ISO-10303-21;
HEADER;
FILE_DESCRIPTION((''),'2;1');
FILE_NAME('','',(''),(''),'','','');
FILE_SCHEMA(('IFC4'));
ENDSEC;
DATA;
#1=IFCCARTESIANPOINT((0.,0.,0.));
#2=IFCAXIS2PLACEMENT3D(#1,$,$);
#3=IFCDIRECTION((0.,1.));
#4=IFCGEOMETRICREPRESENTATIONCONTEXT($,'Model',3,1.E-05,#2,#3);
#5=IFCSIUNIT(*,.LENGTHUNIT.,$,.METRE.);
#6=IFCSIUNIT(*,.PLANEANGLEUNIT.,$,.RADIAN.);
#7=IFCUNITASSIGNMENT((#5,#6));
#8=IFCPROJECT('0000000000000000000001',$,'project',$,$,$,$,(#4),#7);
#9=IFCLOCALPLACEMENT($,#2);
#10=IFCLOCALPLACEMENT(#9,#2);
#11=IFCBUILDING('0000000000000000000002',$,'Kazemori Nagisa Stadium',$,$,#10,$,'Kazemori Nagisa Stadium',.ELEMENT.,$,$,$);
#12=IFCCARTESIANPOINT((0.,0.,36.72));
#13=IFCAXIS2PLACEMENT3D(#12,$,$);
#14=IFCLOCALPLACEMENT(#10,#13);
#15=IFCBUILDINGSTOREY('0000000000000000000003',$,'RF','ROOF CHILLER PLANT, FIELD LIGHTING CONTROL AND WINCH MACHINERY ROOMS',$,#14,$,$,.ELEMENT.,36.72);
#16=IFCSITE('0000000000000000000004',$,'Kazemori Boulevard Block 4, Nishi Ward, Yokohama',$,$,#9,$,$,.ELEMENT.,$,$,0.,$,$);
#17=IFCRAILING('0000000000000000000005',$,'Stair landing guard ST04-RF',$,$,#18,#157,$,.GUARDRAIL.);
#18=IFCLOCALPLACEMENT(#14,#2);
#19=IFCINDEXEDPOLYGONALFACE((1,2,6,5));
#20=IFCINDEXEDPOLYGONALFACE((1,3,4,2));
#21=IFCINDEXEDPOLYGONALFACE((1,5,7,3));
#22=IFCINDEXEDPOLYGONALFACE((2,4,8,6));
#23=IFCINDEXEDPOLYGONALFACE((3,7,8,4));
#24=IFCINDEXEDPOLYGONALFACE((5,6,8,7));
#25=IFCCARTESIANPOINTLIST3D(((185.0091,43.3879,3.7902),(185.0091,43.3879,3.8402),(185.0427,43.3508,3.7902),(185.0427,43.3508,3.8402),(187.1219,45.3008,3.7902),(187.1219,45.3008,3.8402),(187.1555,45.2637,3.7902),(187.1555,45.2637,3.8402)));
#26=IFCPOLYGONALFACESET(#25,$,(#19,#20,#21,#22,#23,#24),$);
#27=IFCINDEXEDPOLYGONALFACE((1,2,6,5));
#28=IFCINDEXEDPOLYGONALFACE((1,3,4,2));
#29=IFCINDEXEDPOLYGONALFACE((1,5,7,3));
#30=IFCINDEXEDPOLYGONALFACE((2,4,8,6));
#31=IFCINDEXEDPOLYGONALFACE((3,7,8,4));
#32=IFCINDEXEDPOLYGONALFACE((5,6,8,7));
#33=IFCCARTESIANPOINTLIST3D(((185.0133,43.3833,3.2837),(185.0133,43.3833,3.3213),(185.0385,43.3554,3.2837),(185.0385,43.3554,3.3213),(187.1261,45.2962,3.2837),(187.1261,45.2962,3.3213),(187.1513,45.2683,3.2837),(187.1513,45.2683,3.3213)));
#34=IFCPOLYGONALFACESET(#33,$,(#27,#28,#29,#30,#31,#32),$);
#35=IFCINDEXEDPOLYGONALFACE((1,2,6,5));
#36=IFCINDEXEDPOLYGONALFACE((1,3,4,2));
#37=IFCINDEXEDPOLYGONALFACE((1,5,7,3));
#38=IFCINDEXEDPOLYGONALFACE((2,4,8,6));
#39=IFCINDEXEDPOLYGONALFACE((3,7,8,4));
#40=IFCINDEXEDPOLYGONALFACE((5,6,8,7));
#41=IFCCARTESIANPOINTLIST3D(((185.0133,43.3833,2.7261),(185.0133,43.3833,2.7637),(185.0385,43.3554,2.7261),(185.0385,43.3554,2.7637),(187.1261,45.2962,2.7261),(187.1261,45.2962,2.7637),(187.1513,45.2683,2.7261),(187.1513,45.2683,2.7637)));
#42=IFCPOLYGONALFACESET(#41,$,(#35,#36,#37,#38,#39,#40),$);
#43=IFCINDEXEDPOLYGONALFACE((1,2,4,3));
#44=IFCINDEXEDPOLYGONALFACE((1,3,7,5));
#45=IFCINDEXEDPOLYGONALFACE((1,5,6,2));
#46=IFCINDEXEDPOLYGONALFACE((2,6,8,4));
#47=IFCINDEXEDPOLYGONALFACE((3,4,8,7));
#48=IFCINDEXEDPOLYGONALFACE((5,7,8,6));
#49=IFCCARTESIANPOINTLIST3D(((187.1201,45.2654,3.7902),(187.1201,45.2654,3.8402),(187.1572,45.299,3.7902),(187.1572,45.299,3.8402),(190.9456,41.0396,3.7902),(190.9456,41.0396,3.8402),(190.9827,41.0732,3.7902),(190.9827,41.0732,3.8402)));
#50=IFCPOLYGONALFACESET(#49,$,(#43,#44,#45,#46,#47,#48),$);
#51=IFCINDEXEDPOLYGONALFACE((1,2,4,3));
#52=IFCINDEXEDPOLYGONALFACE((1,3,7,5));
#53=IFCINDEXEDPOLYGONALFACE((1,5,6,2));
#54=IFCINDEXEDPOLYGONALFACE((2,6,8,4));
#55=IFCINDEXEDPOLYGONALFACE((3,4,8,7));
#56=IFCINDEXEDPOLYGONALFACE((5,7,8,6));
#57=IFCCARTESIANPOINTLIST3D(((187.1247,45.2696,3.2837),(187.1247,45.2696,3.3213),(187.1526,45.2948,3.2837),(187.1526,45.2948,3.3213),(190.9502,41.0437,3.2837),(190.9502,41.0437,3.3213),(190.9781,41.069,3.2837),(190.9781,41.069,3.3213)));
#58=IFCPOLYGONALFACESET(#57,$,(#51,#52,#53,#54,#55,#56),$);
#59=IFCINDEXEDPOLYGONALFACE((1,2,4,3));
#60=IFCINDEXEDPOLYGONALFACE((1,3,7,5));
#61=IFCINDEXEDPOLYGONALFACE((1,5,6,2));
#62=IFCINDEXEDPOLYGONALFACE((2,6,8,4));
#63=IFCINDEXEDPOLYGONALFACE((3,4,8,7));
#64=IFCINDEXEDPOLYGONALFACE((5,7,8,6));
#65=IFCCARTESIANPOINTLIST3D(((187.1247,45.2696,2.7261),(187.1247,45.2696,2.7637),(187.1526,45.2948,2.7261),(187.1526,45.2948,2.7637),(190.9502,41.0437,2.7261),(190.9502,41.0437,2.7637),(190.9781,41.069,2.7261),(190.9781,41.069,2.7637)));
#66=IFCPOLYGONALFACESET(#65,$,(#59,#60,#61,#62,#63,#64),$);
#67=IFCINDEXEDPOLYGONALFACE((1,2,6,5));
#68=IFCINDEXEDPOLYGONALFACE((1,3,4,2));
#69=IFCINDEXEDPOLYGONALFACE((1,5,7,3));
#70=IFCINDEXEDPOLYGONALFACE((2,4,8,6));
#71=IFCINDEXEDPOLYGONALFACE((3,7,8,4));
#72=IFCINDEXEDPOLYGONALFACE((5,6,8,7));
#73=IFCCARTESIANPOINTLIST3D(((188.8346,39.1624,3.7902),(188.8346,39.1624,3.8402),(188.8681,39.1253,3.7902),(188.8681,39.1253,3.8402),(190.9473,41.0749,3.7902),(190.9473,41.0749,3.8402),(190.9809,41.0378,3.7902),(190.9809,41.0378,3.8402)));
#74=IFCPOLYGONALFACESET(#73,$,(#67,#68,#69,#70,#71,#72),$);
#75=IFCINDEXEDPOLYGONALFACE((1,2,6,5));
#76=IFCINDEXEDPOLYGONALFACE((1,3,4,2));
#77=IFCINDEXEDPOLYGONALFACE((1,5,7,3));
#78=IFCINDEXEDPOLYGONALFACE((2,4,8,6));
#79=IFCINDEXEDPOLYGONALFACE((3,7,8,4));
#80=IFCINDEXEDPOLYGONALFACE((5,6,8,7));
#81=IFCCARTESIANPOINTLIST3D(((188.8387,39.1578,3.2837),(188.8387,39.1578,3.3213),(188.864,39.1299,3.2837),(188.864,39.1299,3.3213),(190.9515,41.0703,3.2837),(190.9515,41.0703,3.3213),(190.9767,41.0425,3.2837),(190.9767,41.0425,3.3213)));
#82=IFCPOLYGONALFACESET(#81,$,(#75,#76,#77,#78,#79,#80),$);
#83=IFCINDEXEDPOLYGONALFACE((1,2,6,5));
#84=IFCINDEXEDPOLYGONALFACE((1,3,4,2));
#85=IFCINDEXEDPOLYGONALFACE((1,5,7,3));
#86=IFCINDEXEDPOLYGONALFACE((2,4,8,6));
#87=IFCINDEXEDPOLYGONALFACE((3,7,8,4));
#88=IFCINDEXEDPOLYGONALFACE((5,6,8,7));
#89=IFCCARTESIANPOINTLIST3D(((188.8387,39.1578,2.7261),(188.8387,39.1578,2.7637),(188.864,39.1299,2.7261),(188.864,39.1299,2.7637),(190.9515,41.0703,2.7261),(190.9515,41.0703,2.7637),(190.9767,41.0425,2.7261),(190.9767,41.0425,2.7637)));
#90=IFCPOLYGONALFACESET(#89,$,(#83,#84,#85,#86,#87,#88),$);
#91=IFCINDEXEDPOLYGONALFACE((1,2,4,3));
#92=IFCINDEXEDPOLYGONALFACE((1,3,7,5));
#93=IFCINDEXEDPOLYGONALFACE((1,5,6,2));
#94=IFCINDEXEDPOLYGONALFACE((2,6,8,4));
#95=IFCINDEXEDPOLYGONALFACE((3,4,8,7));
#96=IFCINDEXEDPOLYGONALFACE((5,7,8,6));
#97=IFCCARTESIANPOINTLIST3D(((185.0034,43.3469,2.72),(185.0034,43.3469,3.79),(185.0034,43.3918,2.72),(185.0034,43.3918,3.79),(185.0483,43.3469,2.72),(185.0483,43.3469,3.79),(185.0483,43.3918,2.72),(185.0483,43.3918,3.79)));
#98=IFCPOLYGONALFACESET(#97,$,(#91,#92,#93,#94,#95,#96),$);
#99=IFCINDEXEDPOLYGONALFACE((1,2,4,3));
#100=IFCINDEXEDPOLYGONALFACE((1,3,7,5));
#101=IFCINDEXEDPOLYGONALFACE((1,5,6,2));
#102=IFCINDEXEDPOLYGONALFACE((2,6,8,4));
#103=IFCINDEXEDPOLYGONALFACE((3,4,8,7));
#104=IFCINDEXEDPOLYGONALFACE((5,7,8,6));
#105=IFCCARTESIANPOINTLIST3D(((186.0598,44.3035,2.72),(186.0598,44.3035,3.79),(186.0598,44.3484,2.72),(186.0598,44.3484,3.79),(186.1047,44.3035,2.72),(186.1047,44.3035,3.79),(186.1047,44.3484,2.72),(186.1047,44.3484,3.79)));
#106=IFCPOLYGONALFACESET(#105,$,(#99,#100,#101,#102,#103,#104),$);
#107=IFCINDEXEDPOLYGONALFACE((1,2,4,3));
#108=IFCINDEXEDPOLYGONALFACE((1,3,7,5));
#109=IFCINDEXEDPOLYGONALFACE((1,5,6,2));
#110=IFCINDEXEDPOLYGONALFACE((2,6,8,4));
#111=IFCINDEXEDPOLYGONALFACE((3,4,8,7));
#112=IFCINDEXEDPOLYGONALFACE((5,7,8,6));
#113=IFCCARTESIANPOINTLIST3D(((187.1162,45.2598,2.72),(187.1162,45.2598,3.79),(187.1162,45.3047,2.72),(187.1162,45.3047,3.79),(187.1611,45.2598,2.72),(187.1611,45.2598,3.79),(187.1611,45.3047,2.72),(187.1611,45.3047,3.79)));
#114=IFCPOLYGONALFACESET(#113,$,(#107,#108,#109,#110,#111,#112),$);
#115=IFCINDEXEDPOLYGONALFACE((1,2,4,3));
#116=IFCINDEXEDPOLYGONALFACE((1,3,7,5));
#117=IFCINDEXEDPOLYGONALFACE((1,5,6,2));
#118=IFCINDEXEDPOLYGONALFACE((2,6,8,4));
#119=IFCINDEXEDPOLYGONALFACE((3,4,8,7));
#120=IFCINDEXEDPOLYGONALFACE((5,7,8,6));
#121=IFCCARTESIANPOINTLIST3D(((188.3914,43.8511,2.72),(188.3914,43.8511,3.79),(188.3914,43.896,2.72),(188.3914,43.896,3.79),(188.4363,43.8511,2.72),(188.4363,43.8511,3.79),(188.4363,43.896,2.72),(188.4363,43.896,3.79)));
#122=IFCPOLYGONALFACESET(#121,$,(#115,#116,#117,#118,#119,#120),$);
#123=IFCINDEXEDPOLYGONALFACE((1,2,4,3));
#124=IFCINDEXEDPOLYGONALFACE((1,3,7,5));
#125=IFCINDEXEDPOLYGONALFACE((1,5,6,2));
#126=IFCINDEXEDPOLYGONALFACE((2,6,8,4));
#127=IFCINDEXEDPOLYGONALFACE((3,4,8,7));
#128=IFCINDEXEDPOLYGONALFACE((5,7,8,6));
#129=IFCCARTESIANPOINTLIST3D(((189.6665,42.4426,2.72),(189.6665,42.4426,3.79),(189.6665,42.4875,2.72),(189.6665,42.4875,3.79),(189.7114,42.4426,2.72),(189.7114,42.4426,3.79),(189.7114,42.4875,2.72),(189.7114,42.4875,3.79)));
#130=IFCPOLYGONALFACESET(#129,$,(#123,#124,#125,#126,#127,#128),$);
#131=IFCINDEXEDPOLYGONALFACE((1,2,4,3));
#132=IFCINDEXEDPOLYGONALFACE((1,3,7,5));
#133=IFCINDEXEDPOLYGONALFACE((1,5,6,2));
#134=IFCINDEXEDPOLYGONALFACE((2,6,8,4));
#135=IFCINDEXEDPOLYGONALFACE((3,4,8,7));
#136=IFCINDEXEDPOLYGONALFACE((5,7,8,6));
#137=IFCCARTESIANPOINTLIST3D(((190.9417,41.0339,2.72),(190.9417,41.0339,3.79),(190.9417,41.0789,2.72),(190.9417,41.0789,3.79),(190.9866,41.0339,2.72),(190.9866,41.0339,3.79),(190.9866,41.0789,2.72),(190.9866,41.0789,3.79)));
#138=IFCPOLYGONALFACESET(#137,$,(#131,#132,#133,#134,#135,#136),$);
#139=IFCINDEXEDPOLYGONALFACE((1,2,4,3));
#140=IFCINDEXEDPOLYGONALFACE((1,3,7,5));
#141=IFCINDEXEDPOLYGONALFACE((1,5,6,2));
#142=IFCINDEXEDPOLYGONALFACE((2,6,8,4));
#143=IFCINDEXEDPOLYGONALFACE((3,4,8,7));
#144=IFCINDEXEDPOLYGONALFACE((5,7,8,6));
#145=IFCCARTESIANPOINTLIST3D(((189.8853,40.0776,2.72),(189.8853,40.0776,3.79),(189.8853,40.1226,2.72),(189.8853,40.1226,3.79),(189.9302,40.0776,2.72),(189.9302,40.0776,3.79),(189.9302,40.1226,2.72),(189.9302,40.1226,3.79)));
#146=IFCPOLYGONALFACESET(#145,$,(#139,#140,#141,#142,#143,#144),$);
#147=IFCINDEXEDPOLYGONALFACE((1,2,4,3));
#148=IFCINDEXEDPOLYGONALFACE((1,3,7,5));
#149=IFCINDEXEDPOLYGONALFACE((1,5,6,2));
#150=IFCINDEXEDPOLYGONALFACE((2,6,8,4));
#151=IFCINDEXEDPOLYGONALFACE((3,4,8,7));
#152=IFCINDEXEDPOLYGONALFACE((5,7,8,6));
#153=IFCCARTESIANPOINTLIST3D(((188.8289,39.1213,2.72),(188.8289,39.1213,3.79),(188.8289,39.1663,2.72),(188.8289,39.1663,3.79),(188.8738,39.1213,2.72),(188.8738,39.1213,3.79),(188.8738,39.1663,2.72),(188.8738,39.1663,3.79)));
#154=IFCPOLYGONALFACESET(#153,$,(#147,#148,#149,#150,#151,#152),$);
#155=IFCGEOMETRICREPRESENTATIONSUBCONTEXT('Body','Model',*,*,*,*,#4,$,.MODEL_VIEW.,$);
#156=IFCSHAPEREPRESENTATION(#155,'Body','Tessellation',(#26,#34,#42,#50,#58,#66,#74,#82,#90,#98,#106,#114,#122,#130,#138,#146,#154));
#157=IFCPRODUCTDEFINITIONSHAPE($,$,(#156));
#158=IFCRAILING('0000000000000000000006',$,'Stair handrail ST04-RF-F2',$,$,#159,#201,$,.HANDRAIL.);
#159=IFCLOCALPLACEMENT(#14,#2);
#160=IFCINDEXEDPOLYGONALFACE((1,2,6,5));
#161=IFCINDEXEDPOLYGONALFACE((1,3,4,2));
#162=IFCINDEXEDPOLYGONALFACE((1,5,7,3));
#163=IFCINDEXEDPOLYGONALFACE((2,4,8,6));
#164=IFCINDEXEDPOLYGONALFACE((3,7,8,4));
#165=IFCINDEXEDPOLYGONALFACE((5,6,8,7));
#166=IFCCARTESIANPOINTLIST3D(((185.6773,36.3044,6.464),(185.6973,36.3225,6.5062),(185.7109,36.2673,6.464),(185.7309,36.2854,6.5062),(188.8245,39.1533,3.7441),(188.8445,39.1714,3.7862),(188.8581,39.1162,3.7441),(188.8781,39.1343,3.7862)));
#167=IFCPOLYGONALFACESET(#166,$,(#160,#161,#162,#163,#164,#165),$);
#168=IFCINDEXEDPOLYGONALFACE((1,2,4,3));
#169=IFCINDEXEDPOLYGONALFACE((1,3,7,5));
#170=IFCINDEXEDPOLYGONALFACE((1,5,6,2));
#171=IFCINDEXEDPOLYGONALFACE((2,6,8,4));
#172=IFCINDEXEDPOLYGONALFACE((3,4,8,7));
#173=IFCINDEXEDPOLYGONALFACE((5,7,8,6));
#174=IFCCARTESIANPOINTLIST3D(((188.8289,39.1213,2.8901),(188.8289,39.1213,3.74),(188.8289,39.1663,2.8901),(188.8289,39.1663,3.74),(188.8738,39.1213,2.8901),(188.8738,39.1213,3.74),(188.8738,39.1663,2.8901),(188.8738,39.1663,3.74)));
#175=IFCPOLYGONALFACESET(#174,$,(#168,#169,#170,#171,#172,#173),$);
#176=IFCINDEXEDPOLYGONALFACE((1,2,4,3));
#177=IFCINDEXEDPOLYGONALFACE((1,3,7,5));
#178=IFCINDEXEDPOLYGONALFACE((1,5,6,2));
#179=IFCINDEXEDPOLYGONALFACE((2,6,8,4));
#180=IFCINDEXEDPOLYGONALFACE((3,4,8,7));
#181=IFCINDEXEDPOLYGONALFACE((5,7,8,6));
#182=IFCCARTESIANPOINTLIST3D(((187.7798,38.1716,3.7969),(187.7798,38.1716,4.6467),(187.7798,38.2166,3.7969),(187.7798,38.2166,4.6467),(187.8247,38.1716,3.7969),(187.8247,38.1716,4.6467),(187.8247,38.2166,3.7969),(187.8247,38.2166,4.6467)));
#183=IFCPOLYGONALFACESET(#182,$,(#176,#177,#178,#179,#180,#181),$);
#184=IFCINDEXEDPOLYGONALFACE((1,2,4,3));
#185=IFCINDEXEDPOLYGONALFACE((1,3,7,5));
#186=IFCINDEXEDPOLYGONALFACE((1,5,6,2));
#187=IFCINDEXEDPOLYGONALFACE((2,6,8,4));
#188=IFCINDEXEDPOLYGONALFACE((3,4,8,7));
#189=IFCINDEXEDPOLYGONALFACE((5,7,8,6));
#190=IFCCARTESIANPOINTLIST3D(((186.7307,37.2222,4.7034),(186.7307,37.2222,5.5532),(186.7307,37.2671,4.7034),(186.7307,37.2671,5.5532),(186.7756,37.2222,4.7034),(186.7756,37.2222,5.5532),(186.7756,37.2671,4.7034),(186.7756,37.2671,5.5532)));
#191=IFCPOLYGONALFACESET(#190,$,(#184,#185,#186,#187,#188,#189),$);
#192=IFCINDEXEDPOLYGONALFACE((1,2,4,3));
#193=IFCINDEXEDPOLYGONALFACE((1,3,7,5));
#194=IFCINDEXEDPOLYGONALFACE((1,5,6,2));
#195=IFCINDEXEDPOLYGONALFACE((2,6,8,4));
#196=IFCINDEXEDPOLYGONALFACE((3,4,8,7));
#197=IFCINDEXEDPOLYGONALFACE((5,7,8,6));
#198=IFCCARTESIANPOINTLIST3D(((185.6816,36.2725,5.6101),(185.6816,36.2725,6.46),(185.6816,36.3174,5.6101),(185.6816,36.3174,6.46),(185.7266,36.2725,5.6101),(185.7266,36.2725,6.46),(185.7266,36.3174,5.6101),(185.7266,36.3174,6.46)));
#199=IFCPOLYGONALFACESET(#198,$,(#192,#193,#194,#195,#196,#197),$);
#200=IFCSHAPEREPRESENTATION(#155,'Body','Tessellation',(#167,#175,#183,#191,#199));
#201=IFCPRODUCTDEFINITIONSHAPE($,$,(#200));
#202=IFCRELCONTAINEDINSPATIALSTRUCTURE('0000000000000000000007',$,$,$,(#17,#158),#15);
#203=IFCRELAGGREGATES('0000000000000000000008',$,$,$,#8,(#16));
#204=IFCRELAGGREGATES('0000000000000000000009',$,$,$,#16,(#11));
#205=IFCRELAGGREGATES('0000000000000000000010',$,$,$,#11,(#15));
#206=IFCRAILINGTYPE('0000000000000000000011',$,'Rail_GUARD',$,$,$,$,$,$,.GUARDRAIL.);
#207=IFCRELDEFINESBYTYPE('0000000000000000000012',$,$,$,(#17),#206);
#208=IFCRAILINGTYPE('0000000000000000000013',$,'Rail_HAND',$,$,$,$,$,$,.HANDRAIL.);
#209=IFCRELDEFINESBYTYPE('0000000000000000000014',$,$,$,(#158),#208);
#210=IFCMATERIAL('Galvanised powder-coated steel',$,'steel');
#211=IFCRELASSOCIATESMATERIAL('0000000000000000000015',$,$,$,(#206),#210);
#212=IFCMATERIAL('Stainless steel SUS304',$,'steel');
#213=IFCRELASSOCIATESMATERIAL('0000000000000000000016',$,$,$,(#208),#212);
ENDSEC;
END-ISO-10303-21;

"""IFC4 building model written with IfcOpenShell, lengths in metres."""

from ifc_helpers import new_model, si_unit, direction, frame, origin, origin_2d, place, context, subcontext, project, spatial, rectangle, extrude, material, type_object, element, save


model = new_model("IFC4")

# Units and contexts
model_context = context("Model", 3, precision=1e-05, world=origin(), true_north=direction((0.0, 1.0)))
body_context = subcontext(model_context, "Body", "Model", "MODEL_VIEW")
ifc_project = project(units=[si_unit("LENGTHUNIT", "METRE"), si_unit("PLANEANGLEUNIT", "RADIAN")], contexts=[model_context])

# Site, building, storey
site_placement = place(None, origin())
site = spatial("IfcSite", under=ifc_project, at=site_placement, Name="Kazemori Boulevard Block 4, Nishi Ward, Yokohama", CompositionType="ELEMENT", RefElevation=0.0)
building_placement = place(site_placement, origin())
building = spatial("IfcBuilding", under=site, at=building_placement, Name="Kazemori Nagisa Stadium", LongName="Kazemori Nagisa Stadium", CompositionType="ELEMENT")
storey_placement = place(building_placement, frame((0.0, 0.0, 36.72)))
storey = spatial("IfcBuildingStorey", under=building, at=storey_placement, Name="RF", Description="ROOF CHILLER PLANT, FIELD LIGHTING CONTROL AND WINCH MACHINERY ROOMS", CompositionType="ELEMENT", Elevation=36.72)

# Shared definitions
ifc_material_1 = material(Name="Stainless steel SUS304", Category="steel")

# Railings
ifc_material_2 = material(Name="Galvanised powder-coated steel", Category="steel")
railing_type_1 = type_object("IfcRailingType", Name="Rail_GUARD", PredefinedType="GUARDRAIL", material=ifc_material_2)
railing_1_placement = place(storey_placement, frame((185.0259, 43.3694, 2.72)))
element("IfcRailing", 1, at=railing_1_placement, inside=storey, type_object=railing_type_1, Name="Stair landing guard ST04-RF", PredefinedType="GUARDRAIL", context=body_context, shape_type="SweptSolid", body=[
    extrude(rectangle(XDim=0.05, YDim=0.05, at=origin_2d()), frame((0.0, 0.0, 1.0952), z_axis=(0.741315, 0.671158, 0.0), x_axis=(-0.671158, 0.741315, 0.0)), (0.0, 0.0, 1.0), 2.8501),
    extrude(rectangle(XDim=0.0376, YDim=0.0376, at=origin_2d()), frame((0.0, 0.0, 0.5825), z_axis=(0.741315, 0.671158, 0.0), x_axis=(-0.671158, 0.741315, 0.0)), (0.0, 0.0, 1.0), 2.8501),
    extrude(rectangle(XDim=0.0376, YDim=0.0376, at=origin_2d()), frame((0.0, 0.0, 0.0249), z_axis=(0.741315, 0.671158, 0.0), x_axis=(-0.671158, 0.741315, 0.0)), (0.0, 0.0, 1.0), 2.8501),
    extrude(rectangle(XDim=0.05, YDim=0.05, at=origin_2d()), frame((2.1128, 1.9128, 1.0952), z_axis=(0.671113, -0.741355, 0.0), x_axis=(0.741355, 0.671113, 0.0)), (0.0, 0.0, 1.0), 5.7002),
    extrude(rectangle(XDim=0.0376, YDim=0.0376, at=origin_2d()), frame((2.1128, 1.9128, 0.5825), z_axis=(0.671113, -0.741355, 0.0), x_axis=(0.741355, 0.671113, 0.0)), (0.0, 0.0, 1.0), 5.7002),
    extrude(rectangle(XDim=0.0376, YDim=0.0376, at=origin_2d()), frame((2.1128, 1.9128, 0.0249), z_axis=(0.671113, -0.741355, 0.0), x_axis=(0.741355, 0.671113, 0.0)), (0.0, 0.0, 1.0), 5.7002),
    extrude(rectangle(XDim=0.05, YDim=0.05, at=origin_2d()), frame((5.9382, -2.313, 1.0952), z_axis=(-0.741357, -0.671111, 0.0), x_axis=(0.671111, -0.741357, 0.0)), (0.0, 0.0, 1.0), 2.8499),
    extrude(rectangle(XDim=0.0376, YDim=0.0376, at=origin_2d()), frame((5.9382, -2.313, 0.5825), z_axis=(-0.741357, -0.671111, 0.0), x_axis=(0.671111, -0.741357, 0.0)), (0.0, 0.0, 1.0), 2.8499),
    extrude(rectangle(XDim=0.0376, YDim=0.0376, at=origin_2d()), frame((5.9382, -2.313, 0.0249), z_axis=(-0.741357, -0.671111, 0.0), x_axis=(0.671111, -0.741357, 0.0)), (0.0, 0.0, 1.0), 2.8499),
    extrude(rectangle(XDim=0.0449, YDim=0.0449, at=origin_2d()), origin(), (0.0, 0.0, 1.0), 1.0701),
    extrude(rectangle(XDim=0.0449, YDim=0.0449, at=origin_2d()), frame((1.0564, 0.9565, 0.0)), (0.0, 0.0, 1.0), 1.0701),
    extrude(rectangle(XDim=0.0449, YDim=0.0449, at=origin_2d()), frame((2.1128, 1.9128, 0.0)), (0.0, 0.0, 1.0), 1.0701),
    extrude(rectangle(XDim=0.0449, YDim=0.0449, at=origin_2d()), frame((3.3879, 0.5042, 0.0)), (0.0, 0.0, 1.0), 1.0701),
    extrude(rectangle(XDim=0.0449, YDim=0.0449, at=origin_2d()), frame((4.6631, -0.9043, 0.0)), (0.0, 0.0, 1.0), 1.0701),
    extrude(rectangle(XDim=0.0449, YDim=0.0449, at=origin_2d()), frame((5.9382, -2.313, 0.0)), (0.0, 0.0, 1.0), 1.0701),
    extrude(rectangle(XDim=0.0449, YDim=0.0449, at=origin_2d()), frame((4.8818, -3.2693, 0.0)), (0.0, 0.0, 1.0), 1.0701),
    extrude(rectangle(XDim=0.0449, YDim=0.0449, at=origin_2d()), frame((3.8254, -4.2256, 0.0)), (0.0, 0.0, 1.0), 1.0701),
])
railing_type_2 = type_object("IfcRailingType", Name="Rail_HAND", PredefinedType="HANDRAIL", material=ifc_material_1)
railing_2_placement = place(storey_placement, frame((188.8513, 39.1438, 2.8901)))
element("IfcRailing", 2, at=railing_2_placement, inside=storey, type_object=railing_type_2, Name="Stair handrail ST04-RF-F2", PredefinedType="HANDRAIL", context=body_context, shape_type="SweptSolid", body=[
    extrude(rectangle(XDim=0.05, YDim=0.05, at=origin_2d()), frame((0.0, 0.0, 0.875), z_axis=(-0.62423, -0.565056, 0.539489), x_axis=(0.671094, -0.741372, 0.0)), (0.0, 0.0, 1.0), 5.0417),
    extrude(rectangle(XDim=0.0449, YDim=0.0449, at=origin_2d()), origin(), (0.0, 0.0, 1.0), 0.8499),
    extrude(rectangle(XDim=0.0449, YDim=0.0449, at=origin_2d()), frame((-1.0491, -0.9497, 0.9067)), (0.0, 0.0, 1.0), 0.8499),
    extrude(rectangle(XDim=0.0449, YDim=0.0449, at=origin_2d()), frame((-2.0981, -1.8992, 1.8132)), (0.0, 0.0, 1.0), 0.8499),
    extrude(rectangle(XDim=0.0449, YDim=0.0449, at=origin_2d()), frame((-3.1472, -2.8489, 2.72)), (0.0, 0.0, 1.0), 0.8499),
])

save(model, "model.ifc")
